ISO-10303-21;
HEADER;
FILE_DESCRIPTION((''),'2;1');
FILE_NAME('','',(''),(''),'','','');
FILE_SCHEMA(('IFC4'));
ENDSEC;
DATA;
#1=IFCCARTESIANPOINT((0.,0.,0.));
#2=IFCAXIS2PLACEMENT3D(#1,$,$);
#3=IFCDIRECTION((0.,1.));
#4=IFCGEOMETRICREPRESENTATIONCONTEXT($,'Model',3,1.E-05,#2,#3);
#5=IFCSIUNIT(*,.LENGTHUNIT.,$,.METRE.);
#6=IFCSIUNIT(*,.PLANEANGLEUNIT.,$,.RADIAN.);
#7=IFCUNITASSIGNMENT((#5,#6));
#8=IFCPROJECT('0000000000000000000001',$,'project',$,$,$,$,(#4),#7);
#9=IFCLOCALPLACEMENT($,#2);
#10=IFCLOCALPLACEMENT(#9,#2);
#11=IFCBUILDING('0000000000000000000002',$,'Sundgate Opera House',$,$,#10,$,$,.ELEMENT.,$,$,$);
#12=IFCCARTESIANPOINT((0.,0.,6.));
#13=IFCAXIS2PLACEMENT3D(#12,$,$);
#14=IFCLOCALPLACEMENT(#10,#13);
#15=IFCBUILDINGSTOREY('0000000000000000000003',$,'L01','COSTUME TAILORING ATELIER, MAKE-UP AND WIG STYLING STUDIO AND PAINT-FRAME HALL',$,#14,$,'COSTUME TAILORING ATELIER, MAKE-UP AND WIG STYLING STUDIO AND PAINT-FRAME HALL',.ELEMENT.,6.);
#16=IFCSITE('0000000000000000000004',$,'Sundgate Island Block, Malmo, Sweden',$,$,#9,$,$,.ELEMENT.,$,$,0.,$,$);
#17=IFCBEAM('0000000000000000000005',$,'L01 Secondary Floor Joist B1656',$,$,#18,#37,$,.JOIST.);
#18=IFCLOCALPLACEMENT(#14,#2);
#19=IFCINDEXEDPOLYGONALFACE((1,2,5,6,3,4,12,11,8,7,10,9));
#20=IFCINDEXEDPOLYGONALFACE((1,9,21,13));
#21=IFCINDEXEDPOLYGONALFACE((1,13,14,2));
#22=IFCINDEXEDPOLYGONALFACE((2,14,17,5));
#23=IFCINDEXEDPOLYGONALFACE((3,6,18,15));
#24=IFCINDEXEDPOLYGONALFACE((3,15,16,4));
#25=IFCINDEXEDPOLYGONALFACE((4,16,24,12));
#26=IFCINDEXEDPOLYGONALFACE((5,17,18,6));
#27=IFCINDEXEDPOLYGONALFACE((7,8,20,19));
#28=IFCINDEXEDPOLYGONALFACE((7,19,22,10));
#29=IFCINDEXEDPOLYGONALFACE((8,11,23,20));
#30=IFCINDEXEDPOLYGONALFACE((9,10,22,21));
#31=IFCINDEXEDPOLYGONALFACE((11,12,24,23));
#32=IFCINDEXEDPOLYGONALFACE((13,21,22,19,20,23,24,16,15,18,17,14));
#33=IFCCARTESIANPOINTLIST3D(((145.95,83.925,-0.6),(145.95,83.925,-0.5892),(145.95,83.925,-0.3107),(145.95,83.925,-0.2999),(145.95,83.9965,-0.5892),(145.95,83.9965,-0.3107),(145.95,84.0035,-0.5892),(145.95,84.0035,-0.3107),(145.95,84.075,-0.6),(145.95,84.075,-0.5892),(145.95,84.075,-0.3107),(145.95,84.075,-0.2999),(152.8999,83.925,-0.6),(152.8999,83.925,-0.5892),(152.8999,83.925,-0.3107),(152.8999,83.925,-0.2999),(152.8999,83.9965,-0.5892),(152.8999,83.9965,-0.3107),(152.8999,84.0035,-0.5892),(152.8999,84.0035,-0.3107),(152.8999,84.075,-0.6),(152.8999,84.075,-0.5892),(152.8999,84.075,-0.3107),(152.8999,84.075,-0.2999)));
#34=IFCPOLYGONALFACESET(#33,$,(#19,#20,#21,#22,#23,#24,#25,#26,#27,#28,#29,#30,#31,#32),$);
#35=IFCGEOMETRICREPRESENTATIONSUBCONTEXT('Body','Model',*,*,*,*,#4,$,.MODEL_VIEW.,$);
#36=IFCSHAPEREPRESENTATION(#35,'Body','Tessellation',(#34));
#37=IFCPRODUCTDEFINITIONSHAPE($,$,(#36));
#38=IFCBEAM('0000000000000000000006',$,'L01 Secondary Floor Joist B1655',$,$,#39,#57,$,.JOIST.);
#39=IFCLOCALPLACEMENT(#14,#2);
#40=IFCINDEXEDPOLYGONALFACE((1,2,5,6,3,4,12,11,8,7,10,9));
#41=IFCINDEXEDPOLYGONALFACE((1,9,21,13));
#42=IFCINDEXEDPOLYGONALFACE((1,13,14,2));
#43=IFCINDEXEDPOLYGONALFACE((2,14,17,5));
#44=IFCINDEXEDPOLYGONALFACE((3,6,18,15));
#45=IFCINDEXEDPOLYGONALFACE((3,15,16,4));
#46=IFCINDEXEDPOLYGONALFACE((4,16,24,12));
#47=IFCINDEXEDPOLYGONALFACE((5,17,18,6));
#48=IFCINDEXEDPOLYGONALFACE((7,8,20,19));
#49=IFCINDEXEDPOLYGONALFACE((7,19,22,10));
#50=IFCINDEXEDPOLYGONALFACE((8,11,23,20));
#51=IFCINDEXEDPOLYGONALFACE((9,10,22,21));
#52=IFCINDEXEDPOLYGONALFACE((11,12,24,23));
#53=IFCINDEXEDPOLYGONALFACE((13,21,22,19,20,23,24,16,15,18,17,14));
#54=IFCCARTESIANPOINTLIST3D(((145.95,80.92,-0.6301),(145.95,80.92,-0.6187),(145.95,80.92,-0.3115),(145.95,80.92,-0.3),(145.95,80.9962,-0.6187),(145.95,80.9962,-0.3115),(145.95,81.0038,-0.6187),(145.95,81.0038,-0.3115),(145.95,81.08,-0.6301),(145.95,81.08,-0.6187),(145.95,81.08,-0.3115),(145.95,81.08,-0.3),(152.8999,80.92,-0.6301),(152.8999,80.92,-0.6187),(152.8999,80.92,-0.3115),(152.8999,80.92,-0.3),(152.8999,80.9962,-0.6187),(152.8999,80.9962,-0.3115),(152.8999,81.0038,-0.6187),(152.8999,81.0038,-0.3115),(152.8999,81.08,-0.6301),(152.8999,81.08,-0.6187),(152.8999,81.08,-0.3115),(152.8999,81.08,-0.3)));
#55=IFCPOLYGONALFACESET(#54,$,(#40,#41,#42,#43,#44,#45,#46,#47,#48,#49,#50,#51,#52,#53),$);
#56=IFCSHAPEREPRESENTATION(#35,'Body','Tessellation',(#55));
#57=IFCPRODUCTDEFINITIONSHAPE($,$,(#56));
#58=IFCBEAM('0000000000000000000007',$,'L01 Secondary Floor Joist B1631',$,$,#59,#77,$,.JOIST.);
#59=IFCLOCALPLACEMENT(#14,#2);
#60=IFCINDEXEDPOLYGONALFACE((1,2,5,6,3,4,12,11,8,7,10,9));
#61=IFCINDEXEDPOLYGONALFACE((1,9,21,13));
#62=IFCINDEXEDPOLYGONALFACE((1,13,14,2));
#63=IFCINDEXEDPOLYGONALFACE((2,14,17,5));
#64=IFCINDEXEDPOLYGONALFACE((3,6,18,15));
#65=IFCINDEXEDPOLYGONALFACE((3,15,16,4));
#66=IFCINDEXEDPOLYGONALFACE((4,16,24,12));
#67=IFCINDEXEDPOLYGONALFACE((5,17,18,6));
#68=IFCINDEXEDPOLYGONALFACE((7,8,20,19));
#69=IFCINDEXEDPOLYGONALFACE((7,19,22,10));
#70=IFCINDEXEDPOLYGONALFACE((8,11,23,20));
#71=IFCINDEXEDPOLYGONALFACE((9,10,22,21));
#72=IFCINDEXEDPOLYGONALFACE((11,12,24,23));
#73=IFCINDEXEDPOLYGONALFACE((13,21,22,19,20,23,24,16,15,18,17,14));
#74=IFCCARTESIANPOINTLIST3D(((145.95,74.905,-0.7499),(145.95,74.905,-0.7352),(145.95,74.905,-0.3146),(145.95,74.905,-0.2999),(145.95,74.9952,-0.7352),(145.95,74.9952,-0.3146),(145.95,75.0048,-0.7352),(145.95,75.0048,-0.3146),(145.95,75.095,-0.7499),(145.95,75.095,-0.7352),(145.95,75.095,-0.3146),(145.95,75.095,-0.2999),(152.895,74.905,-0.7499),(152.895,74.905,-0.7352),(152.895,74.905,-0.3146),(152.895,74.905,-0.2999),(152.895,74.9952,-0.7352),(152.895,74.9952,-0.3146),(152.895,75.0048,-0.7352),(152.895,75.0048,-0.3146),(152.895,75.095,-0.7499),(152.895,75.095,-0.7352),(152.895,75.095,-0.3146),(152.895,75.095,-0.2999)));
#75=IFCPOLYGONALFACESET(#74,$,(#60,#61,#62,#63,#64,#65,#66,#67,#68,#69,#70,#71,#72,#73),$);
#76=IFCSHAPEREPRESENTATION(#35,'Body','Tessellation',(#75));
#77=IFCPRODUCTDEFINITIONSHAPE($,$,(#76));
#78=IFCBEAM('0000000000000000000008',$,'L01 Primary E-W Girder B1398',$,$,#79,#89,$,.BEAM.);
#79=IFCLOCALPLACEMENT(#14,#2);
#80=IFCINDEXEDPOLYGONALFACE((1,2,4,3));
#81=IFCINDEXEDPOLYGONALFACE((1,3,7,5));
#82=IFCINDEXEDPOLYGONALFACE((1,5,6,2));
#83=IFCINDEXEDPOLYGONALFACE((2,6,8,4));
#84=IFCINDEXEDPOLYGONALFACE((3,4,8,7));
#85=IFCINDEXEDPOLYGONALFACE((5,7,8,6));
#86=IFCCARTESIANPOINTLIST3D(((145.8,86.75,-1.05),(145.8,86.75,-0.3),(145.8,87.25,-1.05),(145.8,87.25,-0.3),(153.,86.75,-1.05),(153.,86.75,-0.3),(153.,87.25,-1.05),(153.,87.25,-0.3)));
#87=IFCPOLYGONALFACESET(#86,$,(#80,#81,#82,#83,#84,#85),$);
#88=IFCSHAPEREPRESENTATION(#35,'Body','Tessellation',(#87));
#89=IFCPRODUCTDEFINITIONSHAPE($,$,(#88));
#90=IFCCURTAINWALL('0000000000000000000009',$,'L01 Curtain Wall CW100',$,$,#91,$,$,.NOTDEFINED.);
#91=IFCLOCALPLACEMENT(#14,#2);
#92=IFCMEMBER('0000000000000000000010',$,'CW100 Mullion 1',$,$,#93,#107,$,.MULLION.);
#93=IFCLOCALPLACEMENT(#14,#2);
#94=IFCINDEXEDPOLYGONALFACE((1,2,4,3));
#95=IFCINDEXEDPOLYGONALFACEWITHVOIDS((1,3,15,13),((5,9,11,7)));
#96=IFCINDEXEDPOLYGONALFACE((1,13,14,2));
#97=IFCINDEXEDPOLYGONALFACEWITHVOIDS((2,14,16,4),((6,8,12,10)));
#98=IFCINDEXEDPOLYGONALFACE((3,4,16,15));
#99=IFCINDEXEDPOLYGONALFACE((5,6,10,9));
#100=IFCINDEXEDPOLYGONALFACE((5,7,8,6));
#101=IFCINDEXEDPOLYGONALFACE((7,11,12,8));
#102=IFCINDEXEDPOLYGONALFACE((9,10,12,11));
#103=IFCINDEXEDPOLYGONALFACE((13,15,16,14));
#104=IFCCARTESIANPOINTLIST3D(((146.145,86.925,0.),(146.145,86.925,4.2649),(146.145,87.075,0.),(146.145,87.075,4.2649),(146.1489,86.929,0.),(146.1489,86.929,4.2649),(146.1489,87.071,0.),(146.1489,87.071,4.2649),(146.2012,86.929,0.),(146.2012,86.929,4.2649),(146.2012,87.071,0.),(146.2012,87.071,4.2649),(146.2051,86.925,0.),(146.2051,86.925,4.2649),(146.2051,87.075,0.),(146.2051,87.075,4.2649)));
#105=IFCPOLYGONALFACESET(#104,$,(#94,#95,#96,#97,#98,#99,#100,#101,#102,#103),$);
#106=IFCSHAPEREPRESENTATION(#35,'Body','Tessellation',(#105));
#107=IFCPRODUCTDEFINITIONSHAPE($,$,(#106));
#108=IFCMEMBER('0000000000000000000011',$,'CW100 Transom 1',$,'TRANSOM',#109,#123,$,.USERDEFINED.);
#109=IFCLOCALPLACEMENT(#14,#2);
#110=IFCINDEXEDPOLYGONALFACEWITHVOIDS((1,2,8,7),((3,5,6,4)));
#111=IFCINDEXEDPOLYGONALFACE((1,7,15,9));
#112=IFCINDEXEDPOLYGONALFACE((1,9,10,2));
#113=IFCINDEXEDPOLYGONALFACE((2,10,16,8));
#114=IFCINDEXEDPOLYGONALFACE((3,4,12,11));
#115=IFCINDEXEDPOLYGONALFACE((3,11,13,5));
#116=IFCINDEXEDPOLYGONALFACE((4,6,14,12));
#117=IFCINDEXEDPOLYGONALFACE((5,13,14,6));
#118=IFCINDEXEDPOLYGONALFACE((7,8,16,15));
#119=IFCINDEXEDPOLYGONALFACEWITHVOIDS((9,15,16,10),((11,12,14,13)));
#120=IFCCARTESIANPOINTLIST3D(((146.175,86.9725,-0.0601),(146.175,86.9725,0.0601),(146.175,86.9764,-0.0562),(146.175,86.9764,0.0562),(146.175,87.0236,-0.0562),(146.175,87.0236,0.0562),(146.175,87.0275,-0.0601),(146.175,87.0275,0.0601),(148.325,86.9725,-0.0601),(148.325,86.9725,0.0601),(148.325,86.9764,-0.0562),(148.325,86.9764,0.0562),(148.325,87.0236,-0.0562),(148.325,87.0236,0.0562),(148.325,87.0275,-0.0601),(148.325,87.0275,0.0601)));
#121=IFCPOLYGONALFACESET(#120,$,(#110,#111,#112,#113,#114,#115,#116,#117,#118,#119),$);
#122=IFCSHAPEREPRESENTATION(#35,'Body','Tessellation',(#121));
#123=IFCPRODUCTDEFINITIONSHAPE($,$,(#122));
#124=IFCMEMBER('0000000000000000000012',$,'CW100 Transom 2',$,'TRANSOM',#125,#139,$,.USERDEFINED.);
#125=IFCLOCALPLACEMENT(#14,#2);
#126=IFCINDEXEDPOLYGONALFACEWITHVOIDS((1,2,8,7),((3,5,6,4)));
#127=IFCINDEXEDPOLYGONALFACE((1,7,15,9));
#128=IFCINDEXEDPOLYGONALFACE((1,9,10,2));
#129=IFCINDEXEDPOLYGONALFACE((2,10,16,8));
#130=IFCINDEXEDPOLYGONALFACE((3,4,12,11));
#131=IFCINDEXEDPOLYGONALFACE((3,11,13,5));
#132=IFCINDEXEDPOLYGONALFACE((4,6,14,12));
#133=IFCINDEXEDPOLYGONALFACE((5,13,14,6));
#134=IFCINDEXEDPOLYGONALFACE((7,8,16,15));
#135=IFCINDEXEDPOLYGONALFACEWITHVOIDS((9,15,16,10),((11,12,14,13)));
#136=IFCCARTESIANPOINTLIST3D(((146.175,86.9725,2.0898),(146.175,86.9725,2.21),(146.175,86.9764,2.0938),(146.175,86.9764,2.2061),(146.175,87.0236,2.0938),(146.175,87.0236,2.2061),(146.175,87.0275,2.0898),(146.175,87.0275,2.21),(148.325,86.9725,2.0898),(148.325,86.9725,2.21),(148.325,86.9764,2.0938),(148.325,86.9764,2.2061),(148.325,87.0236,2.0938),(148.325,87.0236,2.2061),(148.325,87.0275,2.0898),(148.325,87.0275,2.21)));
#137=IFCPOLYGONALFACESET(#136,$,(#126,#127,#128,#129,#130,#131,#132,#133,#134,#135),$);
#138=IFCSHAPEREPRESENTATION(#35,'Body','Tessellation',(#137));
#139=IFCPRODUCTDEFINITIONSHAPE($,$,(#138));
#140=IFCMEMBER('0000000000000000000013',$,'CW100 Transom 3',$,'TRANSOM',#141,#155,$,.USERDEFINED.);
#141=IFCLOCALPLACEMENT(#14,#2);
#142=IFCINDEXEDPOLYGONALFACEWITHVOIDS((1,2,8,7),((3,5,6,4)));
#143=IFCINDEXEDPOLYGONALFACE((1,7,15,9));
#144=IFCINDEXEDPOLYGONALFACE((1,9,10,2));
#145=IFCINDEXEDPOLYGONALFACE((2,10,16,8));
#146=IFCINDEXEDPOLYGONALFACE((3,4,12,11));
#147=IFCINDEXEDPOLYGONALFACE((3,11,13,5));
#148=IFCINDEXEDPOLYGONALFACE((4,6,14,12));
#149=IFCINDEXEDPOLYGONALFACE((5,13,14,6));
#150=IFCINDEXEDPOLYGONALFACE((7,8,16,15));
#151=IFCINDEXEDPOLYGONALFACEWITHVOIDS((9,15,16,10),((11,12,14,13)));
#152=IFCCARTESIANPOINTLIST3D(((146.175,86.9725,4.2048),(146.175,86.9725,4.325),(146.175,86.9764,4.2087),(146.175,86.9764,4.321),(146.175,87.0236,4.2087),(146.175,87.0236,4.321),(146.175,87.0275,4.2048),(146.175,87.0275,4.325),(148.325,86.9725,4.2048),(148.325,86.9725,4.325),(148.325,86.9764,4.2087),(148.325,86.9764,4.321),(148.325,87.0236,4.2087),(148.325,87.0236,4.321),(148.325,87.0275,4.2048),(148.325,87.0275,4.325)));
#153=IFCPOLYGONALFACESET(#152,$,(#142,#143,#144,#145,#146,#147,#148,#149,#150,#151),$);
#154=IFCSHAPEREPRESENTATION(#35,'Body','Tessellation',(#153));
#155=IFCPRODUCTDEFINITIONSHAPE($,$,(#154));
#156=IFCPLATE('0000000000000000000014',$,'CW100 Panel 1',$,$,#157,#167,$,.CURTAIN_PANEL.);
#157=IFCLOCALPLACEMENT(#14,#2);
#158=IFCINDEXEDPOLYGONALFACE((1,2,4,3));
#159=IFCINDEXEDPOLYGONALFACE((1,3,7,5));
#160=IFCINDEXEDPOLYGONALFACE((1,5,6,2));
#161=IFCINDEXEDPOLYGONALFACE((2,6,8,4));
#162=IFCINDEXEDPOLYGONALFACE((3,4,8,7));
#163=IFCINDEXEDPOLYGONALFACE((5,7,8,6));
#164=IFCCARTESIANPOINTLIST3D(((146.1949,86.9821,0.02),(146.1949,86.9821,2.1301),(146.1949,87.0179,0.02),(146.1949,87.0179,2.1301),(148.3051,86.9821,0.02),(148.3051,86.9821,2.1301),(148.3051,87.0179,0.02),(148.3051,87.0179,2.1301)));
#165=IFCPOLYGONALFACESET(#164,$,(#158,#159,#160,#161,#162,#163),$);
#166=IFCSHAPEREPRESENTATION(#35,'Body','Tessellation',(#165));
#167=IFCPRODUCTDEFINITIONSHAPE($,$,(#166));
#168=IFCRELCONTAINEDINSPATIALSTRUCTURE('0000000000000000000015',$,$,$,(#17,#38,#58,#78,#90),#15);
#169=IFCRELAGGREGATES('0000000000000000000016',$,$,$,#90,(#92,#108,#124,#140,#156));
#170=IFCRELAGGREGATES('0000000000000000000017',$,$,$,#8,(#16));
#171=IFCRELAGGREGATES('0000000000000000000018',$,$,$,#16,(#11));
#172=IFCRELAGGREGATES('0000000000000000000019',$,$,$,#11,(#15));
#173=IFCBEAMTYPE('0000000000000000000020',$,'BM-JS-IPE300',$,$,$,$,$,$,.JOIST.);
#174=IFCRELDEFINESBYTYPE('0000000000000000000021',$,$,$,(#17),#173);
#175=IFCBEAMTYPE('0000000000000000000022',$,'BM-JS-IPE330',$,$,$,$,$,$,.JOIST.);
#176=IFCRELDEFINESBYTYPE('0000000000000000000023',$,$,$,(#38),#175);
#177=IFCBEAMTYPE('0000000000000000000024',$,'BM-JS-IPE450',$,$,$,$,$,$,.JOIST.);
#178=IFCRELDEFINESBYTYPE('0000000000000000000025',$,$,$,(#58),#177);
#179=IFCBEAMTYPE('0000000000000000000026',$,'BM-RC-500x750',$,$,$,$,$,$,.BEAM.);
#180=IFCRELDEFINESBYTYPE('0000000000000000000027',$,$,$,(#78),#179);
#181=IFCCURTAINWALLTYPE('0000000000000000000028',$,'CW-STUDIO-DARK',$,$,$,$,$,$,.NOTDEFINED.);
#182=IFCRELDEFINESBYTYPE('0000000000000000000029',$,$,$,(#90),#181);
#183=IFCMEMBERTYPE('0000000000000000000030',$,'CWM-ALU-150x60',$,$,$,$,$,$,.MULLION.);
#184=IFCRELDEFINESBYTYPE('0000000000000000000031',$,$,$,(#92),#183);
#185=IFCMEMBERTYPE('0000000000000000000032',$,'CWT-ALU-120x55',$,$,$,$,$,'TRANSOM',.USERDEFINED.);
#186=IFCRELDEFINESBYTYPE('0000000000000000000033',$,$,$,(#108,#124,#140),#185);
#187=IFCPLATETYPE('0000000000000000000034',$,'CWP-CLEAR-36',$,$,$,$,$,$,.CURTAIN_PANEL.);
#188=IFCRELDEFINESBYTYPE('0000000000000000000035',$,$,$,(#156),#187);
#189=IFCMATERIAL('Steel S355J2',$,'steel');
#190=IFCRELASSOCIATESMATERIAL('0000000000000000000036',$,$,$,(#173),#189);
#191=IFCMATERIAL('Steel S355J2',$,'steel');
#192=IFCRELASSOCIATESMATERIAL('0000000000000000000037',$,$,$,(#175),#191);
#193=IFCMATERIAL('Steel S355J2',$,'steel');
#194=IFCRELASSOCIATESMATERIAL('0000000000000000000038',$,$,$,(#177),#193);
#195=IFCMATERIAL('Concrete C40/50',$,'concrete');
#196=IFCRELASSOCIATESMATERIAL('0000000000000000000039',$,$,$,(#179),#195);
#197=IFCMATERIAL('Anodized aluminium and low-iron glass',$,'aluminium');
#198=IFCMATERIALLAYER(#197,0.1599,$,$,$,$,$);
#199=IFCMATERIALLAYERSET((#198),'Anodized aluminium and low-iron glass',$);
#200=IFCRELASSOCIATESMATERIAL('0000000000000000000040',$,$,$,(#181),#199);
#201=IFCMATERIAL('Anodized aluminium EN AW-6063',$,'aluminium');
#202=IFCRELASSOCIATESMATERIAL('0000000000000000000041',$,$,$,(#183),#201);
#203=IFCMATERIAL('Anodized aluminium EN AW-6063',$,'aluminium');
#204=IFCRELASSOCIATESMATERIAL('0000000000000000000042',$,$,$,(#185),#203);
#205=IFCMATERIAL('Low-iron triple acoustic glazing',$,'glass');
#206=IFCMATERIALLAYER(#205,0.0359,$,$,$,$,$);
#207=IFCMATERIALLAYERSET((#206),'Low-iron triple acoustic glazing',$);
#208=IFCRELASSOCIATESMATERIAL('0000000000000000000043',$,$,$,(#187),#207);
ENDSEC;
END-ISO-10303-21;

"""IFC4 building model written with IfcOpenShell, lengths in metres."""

from ifc_helpers import new_model, si_unit, direction, frame, origin, origin_2d, place, context, subcontext, project, spatial, rectangle, hollow_rectangle, i_section, extrude, material, layer, layer_set, material_profile, profile_set, type_object, element, aggregate, save


model = new_model("IFC4")

# Units and contexts
model_context = context("Model", 3, precision=1e-05, world=origin(), true_north=direction((0.0, 1.0)))
body_context = subcontext(model_context, "Body", "Model", "MODEL_VIEW")
ifc_project = project(units=[si_unit("LENGTHUNIT", "METRE"), si_unit("PLANEANGLEUNIT", "RADIAN")], contexts=[model_context])

# Site, building, storey
site_placement = place(None, origin())
site = spatial("IfcSite", under=ifc_project, at=site_placement, Name="Sundgate Island Block, Malmo, Sweden", CompositionType="ELEMENT", RefElevation=0.0)
building_placement = place(site_placement, origin())
building = spatial("IfcBuilding", under=site, at=building_placement, Name="Sundgate Opera House", CompositionType="ELEMENT")
storey_placement = place(building_placement, frame((0.0, 0.0, 6.0)))
storey = spatial("IfcBuildingStorey", under=building, at=storey_placement, Name="L01", Description="COSTUME TAILORING ATELIER, MAKE-UP AND WIG STYLING STUDIO AND PAINT-FRAME HALL", LongName="COSTUME TAILORING ATELIER, MAKE-UP AND WIG STYLING STUDIO AND PAINT-FRAME HALL", CompositionType="ELEMENT", Elevation=6.0)

# Beams
ifc_material_1 = material(Name="Steel S355J2", Category="steel")
ifc_material_profile_1 = material_profile(ifc_material_1, i_section(OverallWidth=0.1499, OverallDepth=0.3, WebThickness=0.0071, FlangeThickness=0.0107, at=origin_2d()), Name="IPE 300")
ifc_profile_set_1 = profile_set([ifc_material_profile_1], Name="Steel S355J2")
beam_type_1 = type_object("IfcBeamType", Name="BM-JS-IPE300", PredefinedType="JOIST", material=ifc_profile_set_1)
beam_1_placement = place(storey_placement, frame((145.95, 84.0, -0.45), z_axis=(1.0, 0.0, 0.0), x_axis=(0.0, 1.0, 0.0)))
element("IfcBeam", 1, at=beam_1_placement, inside=storey, type_object=beam_type_1, Name="L01 Secondary Floor Joist B1656", PredefinedType="JOIST", context=body_context, shape_type="SweptSolid", body=[
    extrude(i_section(OverallWidth=0.1499, OverallDepth=0.3, WebThickness=0.0071, FlangeThickness=0.0107, at=origin_2d()), origin(), (0.0, 0.0, 1.0), 6.95),
])
ifc_material_2 = material(Name="Steel S355J2", Category="steel")
ifc_material_profile_2 = material_profile(ifc_material_2, i_section(OverallWidth=0.1599, OverallDepth=0.3301, WebThickness=0.0076, FlangeThickness=0.0115, at=origin_2d()), Name="IPE 330")
ifc_profile_set_2 = profile_set([ifc_material_profile_2], Name="Steel S355J2")
beam_type_2 = type_object("IfcBeamType", Name="BM-JS-IPE330", PredefinedType="JOIST", material=ifc_profile_set_2)
beam_2_placement = place(storey_placement, frame((145.95, 81.0, -0.4651), z_axis=(1.0, 0.0, 0.0), x_axis=(0.0, 1.0, 0.0)))
element("IfcBeam", 2, at=beam_2_placement, inside=storey, type_object=beam_type_2, Name="L01 Secondary Floor Joist B1655", PredefinedType="JOIST", context=body_context, shape_type="SweptSolid", body=[
    extrude(i_section(OverallWidth=0.1599, OverallDepth=0.3301, WebThickness=0.0076, FlangeThickness=0.0115, at=origin_2d()), origin(), (0.0, 0.0, 1.0), 6.95),
])
ifc_material_3 = material(Name="Steel S355J2", Category="steel")
ifc_material_profile_3 = material_profile(ifc_material_3, i_section(OverallWidth=0.1899, OverallDepth=0.45, WebThickness=0.0095, FlangeThickness=0.0146, at=origin_2d()), Name="IPE 450")
ifc_profile_set_3 = profile_set([ifc_material_profile_3], Name="Steel S355J2")
beam_type_3 = type_object("IfcBeamType", Name="BM-JS-IPE450", PredefinedType="JOIST", material=ifc_profile_set_3)
beam_3_placement = place(storey_placement, frame((145.95, 75.0, -0.5249), z_axis=(1.0, 0.0, 0.0), x_axis=(0.0, 1.0, 0.0)))
element("IfcBeam", 3, at=beam_3_placement, inside=storey, type_object=beam_type_3, Name="L01 Secondary Floor Joist B1631", PredefinedType="JOIST", context=body_context, shape_type="SweptSolid", body=[
    extrude(i_section(OverallWidth=0.1899, OverallDepth=0.45, WebThickness=0.0095, FlangeThickness=0.0146, at=origin_2d()), origin(), (0.0, 0.0, 1.0), 6.9451),
])
ifc_material_4 = material(Name="Concrete C40/50", Category="concrete")
ifc_material_profile_4 = material_profile(ifc_material_4, rectangle(XDim=0.5, YDim=0.75, at=origin_2d()), Name="RC 500x750")
ifc_profile_set_4 = profile_set([ifc_material_profile_4], Name="Concrete C40/50")
beam_type_4 = type_object("IfcBeamType", Name="BM-RC-500x750", PredefinedType="BEAM", material=ifc_profile_set_4)
beam_4_placement = place(storey_placement, frame((145.8, 87.0, -0.675), z_axis=(1.0, 0.0, 0.0), x_axis=(0.0, 1.0, 0.0)))
element("IfcBeam", 4, at=beam_4_placement, inside=storey, type_object=beam_type_4, Name="L01 Primary E-W Girder B1398", PredefinedType="BEAM", context=body_context, shape_type="SweptSolid", body=[
    extrude(rectangle(XDim=0.5, YDim=0.75, at=origin_2d()), origin(), (0.0, 0.0, 1.0), 7.2),
])

# Curtain wall, members, plate
ifc_material_5 = material(Name="Anodized aluminium and low-iron glass", Category="aluminium")
ifc_layer_1 = layer(ifc_material_5, 0.1599)
ifc_layer_set_1 = layer_set([ifc_layer_1], Name="Anodized aluminium and low-iron glass")
curtain_wall_type = type_object("IfcCurtainWallType", Name="CW-STUDIO-DARK", PredefinedType="NOTDEFINED", material=ifc_layer_set_1)
curtain_wall_placement = place(storey_placement, origin())
curtain_wall = element("IfcCurtainWall", 5, at=curtain_wall_placement, inside=storey, type_object=curtain_wall_type, Name="L01 Curtain Wall CW100", PredefinedType="NOTDEFINED")
ifc_material_6 = material(Name="Anodized aluminium EN AW-6063", Category="aluminium")
ifc_material_profile_5 = material_profile(ifc_material_6, hollow_rectangle(XDim=0.0601, YDim=0.1499, WallThickness=0.0039, at=origin_2d()), Name="CWM 150x60x4")
ifc_profile_set_5 = profile_set([ifc_material_profile_5], Name="Anodized aluminium EN AW-6063")
member_type_1 = type_object("IfcMemberType", Name="CWM-ALU-150x60", PredefinedType="MULLION", material=ifc_profile_set_5)
member_1_placement = place(storey_placement, frame((146.175, 87.0, 0.0), z_axis=(0.0, 0.0, 1.0), x_axis=(1.0, 0.0, 0.0)))
member_1 = element("IfcMember", 6, at=member_1_placement, type_object=member_type_1, Name="CW100 Mullion 1", PredefinedType="MULLION", context=body_context, shape_type="SweptSolid", body=[
    extrude(hollow_rectangle(XDim=0.0601, YDim=0.1499, WallThickness=0.0039, at=origin_2d()), origin(), (0.0, 0.0, 1.0), 4.2649),
])
ifc_material_7 = material(Name="Anodized aluminium EN AW-6063", Category="aluminium")
ifc_material_profile_6 = material_profile(ifc_material_7, hollow_rectangle(XDim=0.0549, YDim=0.1201, WallThickness=0.0039, at=origin_2d()), Name="CWT 120x55x4")
ifc_profile_set_6 = profile_set([ifc_material_profile_6], Name="Anodized aluminium EN AW-6063")
member_type_2 = type_object("IfcMemberType", Name="CWT-ALU-120x55", ElementType="TRANSOM", PredefinedType="USERDEFINED", material=ifc_profile_set_6)
member_2_placement = place(storey_placement, frame((146.175, 87.0, 0.0), z_axis=(1.0, 0.0, 0.0), x_axis=(0.0, 1.0, 0.0)))
member_2 = element("IfcMember", 7, at=member_2_placement, type_object=member_type_2, Name="CW100 Transom 1", ObjectType="TRANSOM", PredefinedType="USERDEFINED", context=body_context, shape_type="SweptSolid", body=[
    extrude(hollow_rectangle(XDim=0.0549, YDim=0.1201, WallThickness=0.0039, at=origin_2d()), origin(), (0.0, 0.0, 1.0), 2.1499),
])
member_3_placement = place(storey_placement, frame((146.175, 87.0, 2.1499), z_axis=(1.0, 0.0, 0.0), x_axis=(0.0, 1.0, 0.0)))
member_3 = element("IfcMember", 8, at=member_3_placement, type_object=member_type_2, Name="CW100 Transom 2", ObjectType="TRANSOM", PredefinedType="USERDEFINED", context=body_context, shape_type="SweptSolid", body=[
    extrude(hollow_rectangle(XDim=0.0549, YDim=0.1201, WallThickness=0.0039, at=origin_2d()), origin(), (0.0, 0.0, 1.0), 2.1499),
])
member_4_placement = place(storey_placement, frame((146.175, 87.0, 4.2649), z_axis=(1.0, 0.0, 0.0), x_axis=(0.0, 1.0, 0.0)))
member_4 = element("IfcMember", 9, at=member_4_placement, type_object=member_type_2, Name="CW100 Transom 3", ObjectType="TRANSOM", PredefinedType="USERDEFINED", context=body_context, shape_type="SweptSolid", body=[
    extrude(hollow_rectangle(XDim=0.0549, YDim=0.1201, WallThickness=0.0039, at=origin_2d()), origin(), (0.0, 0.0, 1.0), 2.1499),
])
ifc_material_8 = material(Name="Low-iron triple acoustic glazing", Category="glass")
ifc_layer_2 = layer(ifc_material_8, 0.0359)
ifc_layer_set_2 = layer_set([ifc_layer_2], Name="Low-iron triple acoustic glazing")
plate_type = type_object("IfcPlateType", Name="CWP-CLEAR-36", PredefinedType="CURTAIN_PANEL", material=ifc_layer_set_2)
plate_placement = place(storey_placement, frame((147.25, 87.0, 0.02), z_axis=(0.0, 0.0, 1.0), x_axis=(1.0, 0.0, 0.0)))
plate = element("IfcPlate", 10, at=plate_placement, type_object=plate_type, Name="CW100 Panel 1", PredefinedType="CURTAIN_PANEL", context=body_context, shape_type="SweptSolid", body=[
    extrude(rectangle(XDim=2.1101, YDim=0.0359, at=origin_2d()), origin(), (0.0, 0.0, 1.0), 2.1101),
])
aggregate(curtain_wall, [member_1, member_2, member_3, member_4, plate])

save(model, "model.ifc")
